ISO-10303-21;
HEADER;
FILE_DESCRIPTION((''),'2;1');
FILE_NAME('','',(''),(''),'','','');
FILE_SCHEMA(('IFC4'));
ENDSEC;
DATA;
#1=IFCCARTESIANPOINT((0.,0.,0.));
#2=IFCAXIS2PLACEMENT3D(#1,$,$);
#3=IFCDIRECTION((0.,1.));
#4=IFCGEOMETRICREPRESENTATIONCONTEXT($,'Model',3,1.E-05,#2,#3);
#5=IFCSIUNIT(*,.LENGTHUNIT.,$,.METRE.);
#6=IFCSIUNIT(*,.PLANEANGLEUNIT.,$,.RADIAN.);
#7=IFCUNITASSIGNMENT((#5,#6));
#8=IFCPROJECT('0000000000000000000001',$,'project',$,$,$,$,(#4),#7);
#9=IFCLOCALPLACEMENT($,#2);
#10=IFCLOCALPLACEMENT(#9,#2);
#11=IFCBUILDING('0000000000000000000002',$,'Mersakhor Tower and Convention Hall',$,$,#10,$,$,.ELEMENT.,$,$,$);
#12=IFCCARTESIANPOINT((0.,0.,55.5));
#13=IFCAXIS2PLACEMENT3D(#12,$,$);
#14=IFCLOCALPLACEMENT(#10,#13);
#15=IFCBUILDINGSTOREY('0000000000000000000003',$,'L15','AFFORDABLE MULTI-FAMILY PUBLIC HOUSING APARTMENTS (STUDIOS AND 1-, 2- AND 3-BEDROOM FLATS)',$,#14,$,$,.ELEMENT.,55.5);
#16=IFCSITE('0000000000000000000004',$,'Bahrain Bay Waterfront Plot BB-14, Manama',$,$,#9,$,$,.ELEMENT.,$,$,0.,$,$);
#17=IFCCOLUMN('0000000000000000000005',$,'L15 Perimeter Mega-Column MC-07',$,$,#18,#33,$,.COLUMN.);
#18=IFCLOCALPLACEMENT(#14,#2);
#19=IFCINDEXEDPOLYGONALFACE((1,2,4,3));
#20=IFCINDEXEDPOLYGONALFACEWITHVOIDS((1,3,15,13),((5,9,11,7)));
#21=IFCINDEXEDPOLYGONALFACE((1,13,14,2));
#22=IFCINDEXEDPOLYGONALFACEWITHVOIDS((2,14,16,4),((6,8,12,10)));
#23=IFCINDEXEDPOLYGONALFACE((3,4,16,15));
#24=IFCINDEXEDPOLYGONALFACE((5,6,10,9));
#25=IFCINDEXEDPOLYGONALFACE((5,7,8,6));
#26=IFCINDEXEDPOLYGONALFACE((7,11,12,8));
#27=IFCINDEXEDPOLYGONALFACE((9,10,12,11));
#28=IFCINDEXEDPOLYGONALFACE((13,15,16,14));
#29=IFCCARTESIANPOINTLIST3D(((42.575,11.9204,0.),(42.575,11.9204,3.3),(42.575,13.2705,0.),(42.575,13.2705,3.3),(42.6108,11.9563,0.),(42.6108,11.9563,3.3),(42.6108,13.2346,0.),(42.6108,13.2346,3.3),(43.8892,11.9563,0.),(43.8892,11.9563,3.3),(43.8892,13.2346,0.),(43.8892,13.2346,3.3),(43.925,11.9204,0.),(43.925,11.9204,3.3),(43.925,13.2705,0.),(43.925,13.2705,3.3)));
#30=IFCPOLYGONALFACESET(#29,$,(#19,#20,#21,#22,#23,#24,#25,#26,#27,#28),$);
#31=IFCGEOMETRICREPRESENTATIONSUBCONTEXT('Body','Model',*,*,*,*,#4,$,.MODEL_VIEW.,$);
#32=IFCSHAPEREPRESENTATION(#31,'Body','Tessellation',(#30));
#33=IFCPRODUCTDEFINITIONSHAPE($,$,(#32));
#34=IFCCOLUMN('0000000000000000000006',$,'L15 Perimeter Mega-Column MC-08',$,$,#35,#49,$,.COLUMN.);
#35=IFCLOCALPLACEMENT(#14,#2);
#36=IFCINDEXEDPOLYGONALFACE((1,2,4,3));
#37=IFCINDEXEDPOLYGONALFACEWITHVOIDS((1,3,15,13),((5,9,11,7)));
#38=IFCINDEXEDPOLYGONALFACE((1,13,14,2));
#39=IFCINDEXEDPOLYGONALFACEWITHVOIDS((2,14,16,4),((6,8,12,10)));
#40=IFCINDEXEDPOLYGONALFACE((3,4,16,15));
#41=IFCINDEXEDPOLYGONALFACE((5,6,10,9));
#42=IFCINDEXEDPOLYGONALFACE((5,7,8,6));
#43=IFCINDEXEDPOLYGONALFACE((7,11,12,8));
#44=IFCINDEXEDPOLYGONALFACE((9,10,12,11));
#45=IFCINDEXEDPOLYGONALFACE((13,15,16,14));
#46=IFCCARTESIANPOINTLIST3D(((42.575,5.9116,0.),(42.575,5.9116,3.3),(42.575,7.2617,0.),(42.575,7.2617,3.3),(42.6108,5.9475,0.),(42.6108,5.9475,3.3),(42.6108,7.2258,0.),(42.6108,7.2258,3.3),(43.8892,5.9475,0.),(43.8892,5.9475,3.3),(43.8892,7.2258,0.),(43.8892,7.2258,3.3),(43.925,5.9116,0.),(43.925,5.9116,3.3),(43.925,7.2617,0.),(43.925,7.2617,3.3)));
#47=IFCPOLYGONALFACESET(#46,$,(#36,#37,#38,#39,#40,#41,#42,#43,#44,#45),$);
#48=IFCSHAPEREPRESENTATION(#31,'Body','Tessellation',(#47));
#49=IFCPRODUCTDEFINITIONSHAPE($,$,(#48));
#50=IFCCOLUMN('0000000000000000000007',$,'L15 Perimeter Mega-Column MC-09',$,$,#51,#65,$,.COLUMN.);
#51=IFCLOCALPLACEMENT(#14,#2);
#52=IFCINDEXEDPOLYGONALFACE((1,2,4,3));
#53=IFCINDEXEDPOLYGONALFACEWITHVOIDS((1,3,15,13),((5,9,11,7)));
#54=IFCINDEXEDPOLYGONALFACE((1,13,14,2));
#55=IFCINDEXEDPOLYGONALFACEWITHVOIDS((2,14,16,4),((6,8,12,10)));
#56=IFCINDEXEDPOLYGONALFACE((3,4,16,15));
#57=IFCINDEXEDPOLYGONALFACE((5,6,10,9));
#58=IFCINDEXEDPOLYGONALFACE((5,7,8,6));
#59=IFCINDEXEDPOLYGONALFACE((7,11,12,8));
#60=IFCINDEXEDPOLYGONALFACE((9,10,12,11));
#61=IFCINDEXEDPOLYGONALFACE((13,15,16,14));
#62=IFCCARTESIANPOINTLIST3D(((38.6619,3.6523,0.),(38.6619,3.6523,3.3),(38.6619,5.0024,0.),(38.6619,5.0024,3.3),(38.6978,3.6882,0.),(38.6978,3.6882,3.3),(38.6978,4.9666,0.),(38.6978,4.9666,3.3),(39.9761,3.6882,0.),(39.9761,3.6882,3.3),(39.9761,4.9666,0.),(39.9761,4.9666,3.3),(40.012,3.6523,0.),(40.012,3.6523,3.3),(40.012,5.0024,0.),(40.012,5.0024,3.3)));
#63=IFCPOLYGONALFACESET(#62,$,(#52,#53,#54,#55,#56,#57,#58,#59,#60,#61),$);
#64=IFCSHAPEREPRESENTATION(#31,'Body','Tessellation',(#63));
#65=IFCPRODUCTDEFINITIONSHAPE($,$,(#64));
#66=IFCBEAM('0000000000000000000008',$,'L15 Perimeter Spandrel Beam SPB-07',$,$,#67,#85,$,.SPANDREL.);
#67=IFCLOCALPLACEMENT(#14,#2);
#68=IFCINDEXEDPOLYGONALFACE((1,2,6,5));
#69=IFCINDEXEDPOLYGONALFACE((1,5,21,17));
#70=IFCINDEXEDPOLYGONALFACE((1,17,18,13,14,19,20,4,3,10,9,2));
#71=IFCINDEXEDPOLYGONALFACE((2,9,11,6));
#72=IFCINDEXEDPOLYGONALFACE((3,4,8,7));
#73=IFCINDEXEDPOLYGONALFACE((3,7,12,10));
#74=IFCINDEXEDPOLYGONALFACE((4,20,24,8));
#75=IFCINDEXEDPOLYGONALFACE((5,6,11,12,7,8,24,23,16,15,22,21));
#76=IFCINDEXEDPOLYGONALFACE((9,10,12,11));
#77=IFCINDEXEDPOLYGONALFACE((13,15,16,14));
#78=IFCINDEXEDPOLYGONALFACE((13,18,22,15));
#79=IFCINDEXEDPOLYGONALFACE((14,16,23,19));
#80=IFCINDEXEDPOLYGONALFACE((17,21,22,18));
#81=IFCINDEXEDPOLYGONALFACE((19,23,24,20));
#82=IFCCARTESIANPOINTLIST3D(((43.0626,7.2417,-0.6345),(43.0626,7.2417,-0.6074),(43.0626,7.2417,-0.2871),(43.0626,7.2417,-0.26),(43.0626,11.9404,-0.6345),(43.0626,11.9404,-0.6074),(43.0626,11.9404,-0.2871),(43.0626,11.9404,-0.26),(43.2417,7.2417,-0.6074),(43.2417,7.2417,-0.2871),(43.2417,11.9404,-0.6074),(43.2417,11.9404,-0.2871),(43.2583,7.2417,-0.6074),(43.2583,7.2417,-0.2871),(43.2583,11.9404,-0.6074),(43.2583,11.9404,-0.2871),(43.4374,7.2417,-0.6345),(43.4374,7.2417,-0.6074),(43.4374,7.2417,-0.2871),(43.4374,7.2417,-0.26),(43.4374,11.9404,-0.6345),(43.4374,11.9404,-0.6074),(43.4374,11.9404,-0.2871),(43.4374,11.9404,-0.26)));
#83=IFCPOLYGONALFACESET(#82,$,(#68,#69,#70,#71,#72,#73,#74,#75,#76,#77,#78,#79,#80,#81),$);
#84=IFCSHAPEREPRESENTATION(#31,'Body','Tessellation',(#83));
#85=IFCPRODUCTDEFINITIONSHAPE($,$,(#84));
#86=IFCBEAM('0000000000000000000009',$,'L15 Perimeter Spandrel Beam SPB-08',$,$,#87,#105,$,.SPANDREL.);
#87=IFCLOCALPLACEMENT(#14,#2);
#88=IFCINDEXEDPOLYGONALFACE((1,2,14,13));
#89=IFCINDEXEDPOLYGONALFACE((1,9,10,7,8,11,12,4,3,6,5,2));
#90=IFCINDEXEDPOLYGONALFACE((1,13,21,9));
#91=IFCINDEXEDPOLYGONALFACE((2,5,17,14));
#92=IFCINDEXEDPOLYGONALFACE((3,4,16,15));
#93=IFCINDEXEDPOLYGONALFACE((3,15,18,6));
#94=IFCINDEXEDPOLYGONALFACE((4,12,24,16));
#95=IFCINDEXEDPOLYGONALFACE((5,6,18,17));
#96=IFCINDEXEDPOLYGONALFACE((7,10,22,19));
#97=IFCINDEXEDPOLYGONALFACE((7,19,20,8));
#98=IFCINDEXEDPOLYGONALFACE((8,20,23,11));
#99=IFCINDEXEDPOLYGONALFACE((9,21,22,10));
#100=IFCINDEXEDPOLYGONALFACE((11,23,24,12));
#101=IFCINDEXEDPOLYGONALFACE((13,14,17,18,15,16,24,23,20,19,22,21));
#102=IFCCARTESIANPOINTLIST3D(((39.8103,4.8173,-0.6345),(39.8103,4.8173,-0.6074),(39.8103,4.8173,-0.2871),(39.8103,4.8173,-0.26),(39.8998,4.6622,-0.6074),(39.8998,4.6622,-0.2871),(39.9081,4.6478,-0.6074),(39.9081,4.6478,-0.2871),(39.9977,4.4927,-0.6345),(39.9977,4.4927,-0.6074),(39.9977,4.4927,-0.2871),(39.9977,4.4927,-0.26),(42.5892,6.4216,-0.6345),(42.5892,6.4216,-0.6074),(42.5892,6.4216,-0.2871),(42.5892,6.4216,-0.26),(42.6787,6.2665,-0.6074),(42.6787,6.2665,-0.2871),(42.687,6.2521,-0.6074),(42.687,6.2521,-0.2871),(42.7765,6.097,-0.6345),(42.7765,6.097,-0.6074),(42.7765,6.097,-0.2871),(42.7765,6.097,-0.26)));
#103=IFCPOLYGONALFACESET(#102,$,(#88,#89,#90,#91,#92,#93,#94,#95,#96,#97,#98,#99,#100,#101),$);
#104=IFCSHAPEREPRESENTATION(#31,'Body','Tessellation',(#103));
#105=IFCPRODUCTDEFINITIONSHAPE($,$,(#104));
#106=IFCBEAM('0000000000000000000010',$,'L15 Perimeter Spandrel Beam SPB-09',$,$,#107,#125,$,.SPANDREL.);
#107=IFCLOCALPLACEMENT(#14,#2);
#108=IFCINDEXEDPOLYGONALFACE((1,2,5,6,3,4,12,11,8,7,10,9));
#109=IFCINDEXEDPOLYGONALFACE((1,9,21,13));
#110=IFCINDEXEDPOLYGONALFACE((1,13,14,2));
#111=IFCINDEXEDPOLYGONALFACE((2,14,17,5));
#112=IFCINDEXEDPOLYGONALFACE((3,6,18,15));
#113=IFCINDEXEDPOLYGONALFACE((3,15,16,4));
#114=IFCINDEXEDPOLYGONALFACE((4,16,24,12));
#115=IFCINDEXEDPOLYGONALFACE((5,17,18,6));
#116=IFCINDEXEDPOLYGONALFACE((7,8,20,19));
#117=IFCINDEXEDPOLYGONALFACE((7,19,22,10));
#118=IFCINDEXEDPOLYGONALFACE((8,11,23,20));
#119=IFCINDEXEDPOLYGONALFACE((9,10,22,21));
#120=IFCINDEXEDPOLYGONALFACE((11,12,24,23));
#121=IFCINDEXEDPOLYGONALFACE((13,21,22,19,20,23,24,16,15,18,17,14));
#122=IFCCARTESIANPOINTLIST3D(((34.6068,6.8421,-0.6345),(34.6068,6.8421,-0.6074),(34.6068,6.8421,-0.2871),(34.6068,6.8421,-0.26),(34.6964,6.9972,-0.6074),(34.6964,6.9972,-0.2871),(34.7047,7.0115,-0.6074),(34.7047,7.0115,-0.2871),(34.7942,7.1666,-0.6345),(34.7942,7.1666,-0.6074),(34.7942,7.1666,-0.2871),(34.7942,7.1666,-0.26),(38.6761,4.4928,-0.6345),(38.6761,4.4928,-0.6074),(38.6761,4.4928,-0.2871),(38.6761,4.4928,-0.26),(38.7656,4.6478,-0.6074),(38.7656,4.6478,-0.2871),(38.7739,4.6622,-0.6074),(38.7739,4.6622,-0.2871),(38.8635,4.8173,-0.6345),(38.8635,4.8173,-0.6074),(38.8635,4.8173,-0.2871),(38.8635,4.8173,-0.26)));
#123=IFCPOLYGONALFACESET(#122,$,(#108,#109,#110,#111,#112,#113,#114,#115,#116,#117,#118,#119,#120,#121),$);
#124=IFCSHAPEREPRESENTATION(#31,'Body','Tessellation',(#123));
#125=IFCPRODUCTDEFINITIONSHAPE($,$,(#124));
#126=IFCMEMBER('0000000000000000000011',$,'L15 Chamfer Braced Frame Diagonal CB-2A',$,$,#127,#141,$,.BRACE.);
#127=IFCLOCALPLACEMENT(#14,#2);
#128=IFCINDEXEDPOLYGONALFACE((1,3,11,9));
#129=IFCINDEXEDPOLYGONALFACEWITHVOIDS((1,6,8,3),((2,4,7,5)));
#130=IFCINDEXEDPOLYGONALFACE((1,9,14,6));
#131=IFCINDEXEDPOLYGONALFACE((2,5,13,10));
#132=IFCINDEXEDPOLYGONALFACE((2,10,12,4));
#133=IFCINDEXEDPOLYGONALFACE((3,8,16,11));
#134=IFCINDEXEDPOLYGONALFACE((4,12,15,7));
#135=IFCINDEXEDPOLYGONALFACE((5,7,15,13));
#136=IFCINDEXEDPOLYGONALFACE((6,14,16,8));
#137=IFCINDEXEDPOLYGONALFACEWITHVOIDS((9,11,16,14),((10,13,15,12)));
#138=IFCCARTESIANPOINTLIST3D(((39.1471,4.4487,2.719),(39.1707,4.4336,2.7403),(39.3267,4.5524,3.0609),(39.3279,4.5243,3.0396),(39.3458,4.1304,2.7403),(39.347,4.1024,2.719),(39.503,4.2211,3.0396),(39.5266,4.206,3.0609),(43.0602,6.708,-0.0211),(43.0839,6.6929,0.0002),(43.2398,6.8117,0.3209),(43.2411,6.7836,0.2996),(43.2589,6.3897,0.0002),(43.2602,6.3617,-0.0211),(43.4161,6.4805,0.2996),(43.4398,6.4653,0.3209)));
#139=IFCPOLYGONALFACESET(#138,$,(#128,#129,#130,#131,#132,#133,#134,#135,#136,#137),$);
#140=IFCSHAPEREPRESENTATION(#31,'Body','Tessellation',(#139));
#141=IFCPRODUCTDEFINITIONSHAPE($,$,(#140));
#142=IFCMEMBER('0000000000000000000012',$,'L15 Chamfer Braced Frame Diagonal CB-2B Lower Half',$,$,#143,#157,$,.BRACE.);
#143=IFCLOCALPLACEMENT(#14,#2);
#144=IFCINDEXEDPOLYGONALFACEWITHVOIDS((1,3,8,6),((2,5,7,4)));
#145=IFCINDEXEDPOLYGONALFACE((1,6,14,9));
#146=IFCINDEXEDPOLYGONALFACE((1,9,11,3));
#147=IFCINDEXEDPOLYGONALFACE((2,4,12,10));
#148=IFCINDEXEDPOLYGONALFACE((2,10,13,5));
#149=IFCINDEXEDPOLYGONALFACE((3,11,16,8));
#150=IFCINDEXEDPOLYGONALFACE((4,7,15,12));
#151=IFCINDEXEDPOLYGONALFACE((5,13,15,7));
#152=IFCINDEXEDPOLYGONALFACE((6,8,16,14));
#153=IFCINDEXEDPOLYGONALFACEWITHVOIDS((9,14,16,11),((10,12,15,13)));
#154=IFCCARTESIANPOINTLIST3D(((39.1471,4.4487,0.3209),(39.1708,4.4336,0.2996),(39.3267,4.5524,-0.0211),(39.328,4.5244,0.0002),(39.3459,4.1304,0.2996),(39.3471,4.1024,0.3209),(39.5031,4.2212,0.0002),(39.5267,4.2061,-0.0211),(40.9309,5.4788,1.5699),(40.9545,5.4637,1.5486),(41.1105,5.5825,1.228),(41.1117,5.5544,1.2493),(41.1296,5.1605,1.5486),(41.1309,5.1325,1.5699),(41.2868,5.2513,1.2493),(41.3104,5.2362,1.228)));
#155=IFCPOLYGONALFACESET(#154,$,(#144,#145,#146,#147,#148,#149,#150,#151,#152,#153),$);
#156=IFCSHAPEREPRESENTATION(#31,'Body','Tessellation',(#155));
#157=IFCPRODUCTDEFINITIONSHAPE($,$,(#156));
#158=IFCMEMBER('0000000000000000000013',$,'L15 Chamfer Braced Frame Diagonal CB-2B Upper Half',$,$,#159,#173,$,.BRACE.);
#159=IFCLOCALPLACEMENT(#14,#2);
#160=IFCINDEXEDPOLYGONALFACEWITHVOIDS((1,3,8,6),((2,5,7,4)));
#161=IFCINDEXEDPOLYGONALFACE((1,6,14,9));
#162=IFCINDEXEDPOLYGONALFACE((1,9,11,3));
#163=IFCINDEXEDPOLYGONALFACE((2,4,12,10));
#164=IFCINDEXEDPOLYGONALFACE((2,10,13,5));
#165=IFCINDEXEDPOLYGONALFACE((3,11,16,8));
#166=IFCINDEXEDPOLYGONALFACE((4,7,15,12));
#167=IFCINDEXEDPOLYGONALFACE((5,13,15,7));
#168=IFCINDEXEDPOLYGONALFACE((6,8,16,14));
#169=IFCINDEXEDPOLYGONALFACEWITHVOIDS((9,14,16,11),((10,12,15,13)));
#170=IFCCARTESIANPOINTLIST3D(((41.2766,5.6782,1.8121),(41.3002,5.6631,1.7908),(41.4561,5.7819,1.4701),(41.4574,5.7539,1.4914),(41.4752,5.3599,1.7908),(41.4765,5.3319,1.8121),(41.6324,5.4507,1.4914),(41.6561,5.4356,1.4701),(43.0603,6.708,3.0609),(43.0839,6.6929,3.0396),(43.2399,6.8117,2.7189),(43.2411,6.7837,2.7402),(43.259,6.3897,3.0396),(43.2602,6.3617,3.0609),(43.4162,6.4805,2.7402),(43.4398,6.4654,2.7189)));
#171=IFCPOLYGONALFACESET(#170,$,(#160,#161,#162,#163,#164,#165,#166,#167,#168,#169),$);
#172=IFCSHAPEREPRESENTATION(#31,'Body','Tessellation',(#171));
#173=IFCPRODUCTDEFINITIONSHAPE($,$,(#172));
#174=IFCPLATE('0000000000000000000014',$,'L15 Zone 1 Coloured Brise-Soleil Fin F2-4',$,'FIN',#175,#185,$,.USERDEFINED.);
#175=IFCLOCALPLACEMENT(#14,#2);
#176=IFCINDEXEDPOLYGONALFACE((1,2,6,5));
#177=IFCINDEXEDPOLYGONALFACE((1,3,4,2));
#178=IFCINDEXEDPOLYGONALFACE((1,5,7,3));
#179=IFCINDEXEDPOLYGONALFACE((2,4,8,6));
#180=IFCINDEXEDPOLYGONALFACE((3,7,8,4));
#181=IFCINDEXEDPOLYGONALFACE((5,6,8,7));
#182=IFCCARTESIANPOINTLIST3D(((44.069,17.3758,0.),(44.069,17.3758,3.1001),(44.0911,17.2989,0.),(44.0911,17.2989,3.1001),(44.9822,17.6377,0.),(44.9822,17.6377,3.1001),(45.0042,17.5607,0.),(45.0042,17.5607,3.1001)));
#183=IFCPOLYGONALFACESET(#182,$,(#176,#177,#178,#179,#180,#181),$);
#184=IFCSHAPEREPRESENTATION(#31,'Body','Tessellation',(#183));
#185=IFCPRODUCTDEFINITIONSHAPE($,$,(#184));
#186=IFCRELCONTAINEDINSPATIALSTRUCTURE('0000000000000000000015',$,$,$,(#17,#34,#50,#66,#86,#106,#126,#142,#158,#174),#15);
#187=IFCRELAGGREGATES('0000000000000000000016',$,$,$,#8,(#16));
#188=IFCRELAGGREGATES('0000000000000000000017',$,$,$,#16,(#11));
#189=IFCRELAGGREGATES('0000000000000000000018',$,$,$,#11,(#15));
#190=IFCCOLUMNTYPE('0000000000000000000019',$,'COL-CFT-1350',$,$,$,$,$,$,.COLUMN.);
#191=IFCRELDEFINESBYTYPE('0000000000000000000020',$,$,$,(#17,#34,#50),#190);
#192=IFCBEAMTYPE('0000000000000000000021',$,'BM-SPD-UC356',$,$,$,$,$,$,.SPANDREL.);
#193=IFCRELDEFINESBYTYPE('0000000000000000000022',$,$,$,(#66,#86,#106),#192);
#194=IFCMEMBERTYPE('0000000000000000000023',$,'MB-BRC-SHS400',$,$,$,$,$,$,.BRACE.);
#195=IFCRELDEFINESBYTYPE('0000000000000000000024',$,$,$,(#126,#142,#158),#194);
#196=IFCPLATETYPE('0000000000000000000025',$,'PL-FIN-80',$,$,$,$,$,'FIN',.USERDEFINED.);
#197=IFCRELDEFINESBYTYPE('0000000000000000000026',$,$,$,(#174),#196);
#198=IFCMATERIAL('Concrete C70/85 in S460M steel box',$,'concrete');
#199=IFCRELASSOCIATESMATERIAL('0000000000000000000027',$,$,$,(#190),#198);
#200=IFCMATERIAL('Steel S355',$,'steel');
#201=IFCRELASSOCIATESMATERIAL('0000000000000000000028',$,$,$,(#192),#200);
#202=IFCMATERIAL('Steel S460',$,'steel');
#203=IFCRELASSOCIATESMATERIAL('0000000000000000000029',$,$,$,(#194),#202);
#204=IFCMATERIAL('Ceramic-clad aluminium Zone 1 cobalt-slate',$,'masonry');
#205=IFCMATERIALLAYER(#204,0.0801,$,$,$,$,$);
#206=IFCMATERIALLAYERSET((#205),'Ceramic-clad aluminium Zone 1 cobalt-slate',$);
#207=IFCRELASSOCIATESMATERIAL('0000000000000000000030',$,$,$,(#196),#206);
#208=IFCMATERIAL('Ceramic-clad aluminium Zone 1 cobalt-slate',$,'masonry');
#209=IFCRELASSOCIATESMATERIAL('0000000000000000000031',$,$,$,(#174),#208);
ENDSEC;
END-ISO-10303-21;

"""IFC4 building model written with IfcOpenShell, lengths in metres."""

from ifc_helpers import new_model, si_unit, direction, frame, origin, origin_2d, place, context, subcontext, project, spatial, rectangle, hollow_rectangle, i_section, extrude, material, layer, layer_set, material_profile, profile_set, type_object, element, save


model = new_model("IFC4")

# Units and contexts
model_context = context("Model", 3, precision=1e-05, world=origin(), true_north=direction((0.0, 1.0)))
body_context = subcontext(model_context, "Body", "Model", "MODEL_VIEW")
ifc_project = project(units=[si_unit("LENGTHUNIT", "METRE"), si_unit("PLANEANGLEUNIT", "RADIAN")], contexts=[model_context])

# Site, building, storey
site_placement = place(None, origin())
site = spatial("IfcSite", under=ifc_project, at=site_placement, Name="Bahrain Bay Waterfront Plot BB-14, Manama", CompositionType="ELEMENT", RefElevation=0.0)
building_placement = place(site_placement, origin())
building = spatial("IfcBuilding", under=site, at=building_placement, Name="Mersakhor Tower and Convention Hall", CompositionType="ELEMENT")
storey_placement = place(building_placement, frame((0.0, 0.0, 55.5)))
storey = spatial("IfcBuildingStorey", under=building, at=storey_placement, Name="L15", Description="AFFORDABLE MULTI-FAMILY PUBLIC HOUSING APARTMENTS (STUDIOS AND 1-, 2- AND 3-BEDROOM FLATS)", CompositionType="ELEMENT", Elevation=55.5)

# Columns
ifc_material_1 = material(Name="Concrete C70/85 in S460M steel box", Category="concrete")
ifc_material_profile_1 = material_profile(ifc_material_1, hollow_rectangle(XDim=1.3501, YDim=1.3501, WallThickness=0.0359, at=origin_2d()), Name="SHS 1350x1350x36")
ifc_profile_set_1 = profile_set([ifc_material_profile_1], Name="Concrete C70/85 in S460M steel box")
column_type = type_object("IfcColumnType", Name="COL-CFT-1350", PredefinedType="COLUMN", material=ifc_profile_set_1)
for number, where, z_axis, x_axis, name in (
    (1, (43.25, 12.5955, 0.0), (0.0, 0.0, 1.0), (1.0, 0.0, 0.0), "L15 Perimeter Mega-Column MC-07"),
    (2, (43.25, 6.5867, 0.0), (0.0, 0.0, 1.0), (1.0, 0.0, 0.0), "L15 Perimeter Mega-Column MC-08"),
    (3, (39.3369, 4.3274, 0.0), (0.0, 0.0, 1.0), (1.0, 0.0, 0.0), "L15 Perimeter Mega-Column MC-09"),
):
    element("IfcColumn", number, at=place(storey_placement, frame(where, z_axis=z_axis, x_axis=x_axis)), inside=storey, type_object=column_type, Name=name, PredefinedType="COLUMN", context=body_context, shape_type="SweptSolid", body=[
        extrude(hollow_rectangle(XDim=1.3501, YDim=1.3501, WallThickness=0.0359, at=origin_2d()), origin(), (0.0, 0.0, 1.0), 3.3),
    ])

# Beams
ifc_material_2 = material(Name="Steel S355", Category="steel")
ifc_material_profile_2 = material_profile(ifc_material_2, i_section(OverallWidth=0.3748, OverallDepth=0.3745, WebThickness=0.0166, FlangeThickness=0.0271, at=origin_2d()), Name="UC 356x368x202")
ifc_profile_set_2 = profile_set([ifc_material_profile_2], Name="Steel S355")
beam_type = type_object("IfcBeamType", Name="BM-SPD-UC356", PredefinedType="SPANDREL", material=ifc_profile_set_2)
beam_1_placement = place(storey_placement, frame((43.25, 11.9404, -0.4473), z_axis=(0.0, -1.0, 0.0), x_axis=(1.0, 0.0, 0.0)))
element("IfcBeam", 4, at=beam_1_placement, inside=storey, type_object=beam_type, Name="L15 Perimeter Spandrel Beam SPB-07", PredefinedType="SPANDREL", context=body_context, shape_type="SweptSolid", body=[
    extrude(i_section(OverallWidth=0.3748, OverallDepth=0.3745, WebThickness=0.0166, FlangeThickness=0.0271, at=origin_2d()), origin(), (0.0, 0.0, 1.0), 4.6987),
])
beam_2_placement = place(storey_placement, frame((42.6829, 6.2593, -0.4473), z_axis=(-0.866039, -0.499977, 0.0), x_axis=(0.499977, -0.866039, 0.0)))
element("IfcBeam", 5, at=beam_2_placement, inside=storey, type_object=beam_type, Name="L15 Perimeter Spandrel Beam SPB-08", PredefinedType="SPANDREL", context=body_context, shape_type="SweptSolid", body=[
    extrude(i_section(OverallWidth=0.3748, OverallDepth=0.3745, WebThickness=0.0166, FlangeThickness=0.0271, at=origin_2d()), origin(), (0.0, 0.0, 1.0), 3.2087),
])
beam_3_placement = place(storey_placement, frame((38.7698, 4.655, -0.4473), z_axis=(-0.866032, 0.499989, 0.0), x_axis=(-0.499989, -0.866032, 0.0)))
element("IfcBeam", 6, at=beam_3_placement, inside=storey, type_object=beam_type, Name="L15 Perimeter Spandrel Beam SPB-09", PredefinedType="SPANDREL", context=body_context, shape_type="SweptSolid", body=[
    extrude(i_section(OverallWidth=0.3748, OverallDepth=0.3745, WebThickness=0.0166, FlangeThickness=0.0271, at=origin_2d()), origin(), (0.0, 0.0, 1.0), 4.6987),
])

# Members
ifc_material_3 = material(Name="Steel S460", Category="steel")
ifc_material_profile_3 = material_profile(ifc_material_3, hollow_rectangle(XDim=0.3999, YDim=0.3999, WallThickness=0.0249, at=origin_2d()), Name="SHS 400x400x25")
ifc_profile_set_3 = profile_set([ifc_material_profile_3], Name="Steel S460")
member_type = type_object("IfcMemberType", Name="MB-BRC-SHS400", PredefinedType="BRACE", material=ifc_profile_set_3)
member_1_placement = place(storey_placement, frame((43.25, 6.5867, 0.1499), z_axis=(-0.740508, -0.427543, 0.518513), x_axis=(0.500009, -0.86602, 0.0)))
element("IfcMember", 7, at=member_1_placement, inside=storey, type_object=member_type, Name="L15 Chamfer Braced Frame Diagonal CB-2A", PredefinedType="BRACE", context=body_context, shape_type="SweptSolid", body=[
    extrude(hollow_rectangle(XDim=0.3999, YDim=0.3999, WallThickness=0.0249, at=origin_2d()), origin(), (0.0, 0.0, 1.0), 5.2844),
])
member_2_placement = place(storey_placement, frame((39.3369, 4.3274, 0.1499), z_axis=(0.740473, 0.427601, 0.518514), x_axis=(-0.500078, 0.86598, 0.0)))
element("IfcMember", 8, at=member_2_placement, inside=storey, type_object=member_type, Name="L15 Chamfer Braced Frame Diagonal CB-2B Lower Half", PredefinedType="BRACE", context=body_context, shape_type="SweptSolid", body=[
    extrude(hollow_rectangle(XDim=0.3999, YDim=0.3999, WallThickness=0.0249, at=origin_2d()), origin(), (0.0, 0.0, 1.0), 2.4089),
])
member_3_placement = place(storey_placement, frame((41.4663, 5.5569, 1.6411), z_axis=(0.740544, 0.427541, 0.518462), x_axis=(-0.499989, 0.866032, 0.0)))
element("IfcMember", 9, at=member_3_placement, inside=storey, type_object=member_type, Name="L15 Chamfer Braced Frame Diagonal CB-2B Upper Half", PredefinedType="BRACE", context=body_context, shape_type="SweptSolid", body=[
    extrude(hollow_rectangle(XDim=0.3999, YDim=0.3999, WallThickness=0.0249, at=origin_2d()), origin(), (0.0, 0.0, 1.0), 2.4087),
])

# Plate
ifc_material_4 = material(Name="Ceramic-clad aluminium Zone 1 cobalt-slate", Category="masonry")
ifc_material_5 = material(Name="Ceramic-clad aluminium Zone 1 cobalt-slate", Category="masonry")
ifc_layer_1 = layer(ifc_material_5, 0.0801)
ifc_layer_set_1 = layer_set([ifc_layer_1], Name="Ceramic-clad aluminium Zone 1 cobalt-slate")
plate_type_1 = type_object("IfcPlateType", Name="PL-FIN-80", ElementType="FIN", PredefinedType="USERDEFINED", material=ifc_layer_set_1)
plate_1_placement = place(storey_placement, frame((44.5366, 17.4683, 0.0), z_axis=(0.0, 0.0, 1.0), x_axis=(0.961262, 0.275637, 0.0)))
element("IfcPlate", 10, at=plate_1_placement, inside=storey, type_object=plate_type_1, material=ifc_material_4, Name="L15 Zone 1 Coloured Brise-Soleil Fin F2-4", ObjectType="FIN", PredefinedType="USERDEFINED", context=body_context, shape_type="SweptSolid", body=[
    extrude(rectangle(XDim=0.95, YDim=0.0801, at=origin_2d()), origin(), (0.0, 0.0, 1.0), 3.1001),
])

save(model, "model.ifc")
